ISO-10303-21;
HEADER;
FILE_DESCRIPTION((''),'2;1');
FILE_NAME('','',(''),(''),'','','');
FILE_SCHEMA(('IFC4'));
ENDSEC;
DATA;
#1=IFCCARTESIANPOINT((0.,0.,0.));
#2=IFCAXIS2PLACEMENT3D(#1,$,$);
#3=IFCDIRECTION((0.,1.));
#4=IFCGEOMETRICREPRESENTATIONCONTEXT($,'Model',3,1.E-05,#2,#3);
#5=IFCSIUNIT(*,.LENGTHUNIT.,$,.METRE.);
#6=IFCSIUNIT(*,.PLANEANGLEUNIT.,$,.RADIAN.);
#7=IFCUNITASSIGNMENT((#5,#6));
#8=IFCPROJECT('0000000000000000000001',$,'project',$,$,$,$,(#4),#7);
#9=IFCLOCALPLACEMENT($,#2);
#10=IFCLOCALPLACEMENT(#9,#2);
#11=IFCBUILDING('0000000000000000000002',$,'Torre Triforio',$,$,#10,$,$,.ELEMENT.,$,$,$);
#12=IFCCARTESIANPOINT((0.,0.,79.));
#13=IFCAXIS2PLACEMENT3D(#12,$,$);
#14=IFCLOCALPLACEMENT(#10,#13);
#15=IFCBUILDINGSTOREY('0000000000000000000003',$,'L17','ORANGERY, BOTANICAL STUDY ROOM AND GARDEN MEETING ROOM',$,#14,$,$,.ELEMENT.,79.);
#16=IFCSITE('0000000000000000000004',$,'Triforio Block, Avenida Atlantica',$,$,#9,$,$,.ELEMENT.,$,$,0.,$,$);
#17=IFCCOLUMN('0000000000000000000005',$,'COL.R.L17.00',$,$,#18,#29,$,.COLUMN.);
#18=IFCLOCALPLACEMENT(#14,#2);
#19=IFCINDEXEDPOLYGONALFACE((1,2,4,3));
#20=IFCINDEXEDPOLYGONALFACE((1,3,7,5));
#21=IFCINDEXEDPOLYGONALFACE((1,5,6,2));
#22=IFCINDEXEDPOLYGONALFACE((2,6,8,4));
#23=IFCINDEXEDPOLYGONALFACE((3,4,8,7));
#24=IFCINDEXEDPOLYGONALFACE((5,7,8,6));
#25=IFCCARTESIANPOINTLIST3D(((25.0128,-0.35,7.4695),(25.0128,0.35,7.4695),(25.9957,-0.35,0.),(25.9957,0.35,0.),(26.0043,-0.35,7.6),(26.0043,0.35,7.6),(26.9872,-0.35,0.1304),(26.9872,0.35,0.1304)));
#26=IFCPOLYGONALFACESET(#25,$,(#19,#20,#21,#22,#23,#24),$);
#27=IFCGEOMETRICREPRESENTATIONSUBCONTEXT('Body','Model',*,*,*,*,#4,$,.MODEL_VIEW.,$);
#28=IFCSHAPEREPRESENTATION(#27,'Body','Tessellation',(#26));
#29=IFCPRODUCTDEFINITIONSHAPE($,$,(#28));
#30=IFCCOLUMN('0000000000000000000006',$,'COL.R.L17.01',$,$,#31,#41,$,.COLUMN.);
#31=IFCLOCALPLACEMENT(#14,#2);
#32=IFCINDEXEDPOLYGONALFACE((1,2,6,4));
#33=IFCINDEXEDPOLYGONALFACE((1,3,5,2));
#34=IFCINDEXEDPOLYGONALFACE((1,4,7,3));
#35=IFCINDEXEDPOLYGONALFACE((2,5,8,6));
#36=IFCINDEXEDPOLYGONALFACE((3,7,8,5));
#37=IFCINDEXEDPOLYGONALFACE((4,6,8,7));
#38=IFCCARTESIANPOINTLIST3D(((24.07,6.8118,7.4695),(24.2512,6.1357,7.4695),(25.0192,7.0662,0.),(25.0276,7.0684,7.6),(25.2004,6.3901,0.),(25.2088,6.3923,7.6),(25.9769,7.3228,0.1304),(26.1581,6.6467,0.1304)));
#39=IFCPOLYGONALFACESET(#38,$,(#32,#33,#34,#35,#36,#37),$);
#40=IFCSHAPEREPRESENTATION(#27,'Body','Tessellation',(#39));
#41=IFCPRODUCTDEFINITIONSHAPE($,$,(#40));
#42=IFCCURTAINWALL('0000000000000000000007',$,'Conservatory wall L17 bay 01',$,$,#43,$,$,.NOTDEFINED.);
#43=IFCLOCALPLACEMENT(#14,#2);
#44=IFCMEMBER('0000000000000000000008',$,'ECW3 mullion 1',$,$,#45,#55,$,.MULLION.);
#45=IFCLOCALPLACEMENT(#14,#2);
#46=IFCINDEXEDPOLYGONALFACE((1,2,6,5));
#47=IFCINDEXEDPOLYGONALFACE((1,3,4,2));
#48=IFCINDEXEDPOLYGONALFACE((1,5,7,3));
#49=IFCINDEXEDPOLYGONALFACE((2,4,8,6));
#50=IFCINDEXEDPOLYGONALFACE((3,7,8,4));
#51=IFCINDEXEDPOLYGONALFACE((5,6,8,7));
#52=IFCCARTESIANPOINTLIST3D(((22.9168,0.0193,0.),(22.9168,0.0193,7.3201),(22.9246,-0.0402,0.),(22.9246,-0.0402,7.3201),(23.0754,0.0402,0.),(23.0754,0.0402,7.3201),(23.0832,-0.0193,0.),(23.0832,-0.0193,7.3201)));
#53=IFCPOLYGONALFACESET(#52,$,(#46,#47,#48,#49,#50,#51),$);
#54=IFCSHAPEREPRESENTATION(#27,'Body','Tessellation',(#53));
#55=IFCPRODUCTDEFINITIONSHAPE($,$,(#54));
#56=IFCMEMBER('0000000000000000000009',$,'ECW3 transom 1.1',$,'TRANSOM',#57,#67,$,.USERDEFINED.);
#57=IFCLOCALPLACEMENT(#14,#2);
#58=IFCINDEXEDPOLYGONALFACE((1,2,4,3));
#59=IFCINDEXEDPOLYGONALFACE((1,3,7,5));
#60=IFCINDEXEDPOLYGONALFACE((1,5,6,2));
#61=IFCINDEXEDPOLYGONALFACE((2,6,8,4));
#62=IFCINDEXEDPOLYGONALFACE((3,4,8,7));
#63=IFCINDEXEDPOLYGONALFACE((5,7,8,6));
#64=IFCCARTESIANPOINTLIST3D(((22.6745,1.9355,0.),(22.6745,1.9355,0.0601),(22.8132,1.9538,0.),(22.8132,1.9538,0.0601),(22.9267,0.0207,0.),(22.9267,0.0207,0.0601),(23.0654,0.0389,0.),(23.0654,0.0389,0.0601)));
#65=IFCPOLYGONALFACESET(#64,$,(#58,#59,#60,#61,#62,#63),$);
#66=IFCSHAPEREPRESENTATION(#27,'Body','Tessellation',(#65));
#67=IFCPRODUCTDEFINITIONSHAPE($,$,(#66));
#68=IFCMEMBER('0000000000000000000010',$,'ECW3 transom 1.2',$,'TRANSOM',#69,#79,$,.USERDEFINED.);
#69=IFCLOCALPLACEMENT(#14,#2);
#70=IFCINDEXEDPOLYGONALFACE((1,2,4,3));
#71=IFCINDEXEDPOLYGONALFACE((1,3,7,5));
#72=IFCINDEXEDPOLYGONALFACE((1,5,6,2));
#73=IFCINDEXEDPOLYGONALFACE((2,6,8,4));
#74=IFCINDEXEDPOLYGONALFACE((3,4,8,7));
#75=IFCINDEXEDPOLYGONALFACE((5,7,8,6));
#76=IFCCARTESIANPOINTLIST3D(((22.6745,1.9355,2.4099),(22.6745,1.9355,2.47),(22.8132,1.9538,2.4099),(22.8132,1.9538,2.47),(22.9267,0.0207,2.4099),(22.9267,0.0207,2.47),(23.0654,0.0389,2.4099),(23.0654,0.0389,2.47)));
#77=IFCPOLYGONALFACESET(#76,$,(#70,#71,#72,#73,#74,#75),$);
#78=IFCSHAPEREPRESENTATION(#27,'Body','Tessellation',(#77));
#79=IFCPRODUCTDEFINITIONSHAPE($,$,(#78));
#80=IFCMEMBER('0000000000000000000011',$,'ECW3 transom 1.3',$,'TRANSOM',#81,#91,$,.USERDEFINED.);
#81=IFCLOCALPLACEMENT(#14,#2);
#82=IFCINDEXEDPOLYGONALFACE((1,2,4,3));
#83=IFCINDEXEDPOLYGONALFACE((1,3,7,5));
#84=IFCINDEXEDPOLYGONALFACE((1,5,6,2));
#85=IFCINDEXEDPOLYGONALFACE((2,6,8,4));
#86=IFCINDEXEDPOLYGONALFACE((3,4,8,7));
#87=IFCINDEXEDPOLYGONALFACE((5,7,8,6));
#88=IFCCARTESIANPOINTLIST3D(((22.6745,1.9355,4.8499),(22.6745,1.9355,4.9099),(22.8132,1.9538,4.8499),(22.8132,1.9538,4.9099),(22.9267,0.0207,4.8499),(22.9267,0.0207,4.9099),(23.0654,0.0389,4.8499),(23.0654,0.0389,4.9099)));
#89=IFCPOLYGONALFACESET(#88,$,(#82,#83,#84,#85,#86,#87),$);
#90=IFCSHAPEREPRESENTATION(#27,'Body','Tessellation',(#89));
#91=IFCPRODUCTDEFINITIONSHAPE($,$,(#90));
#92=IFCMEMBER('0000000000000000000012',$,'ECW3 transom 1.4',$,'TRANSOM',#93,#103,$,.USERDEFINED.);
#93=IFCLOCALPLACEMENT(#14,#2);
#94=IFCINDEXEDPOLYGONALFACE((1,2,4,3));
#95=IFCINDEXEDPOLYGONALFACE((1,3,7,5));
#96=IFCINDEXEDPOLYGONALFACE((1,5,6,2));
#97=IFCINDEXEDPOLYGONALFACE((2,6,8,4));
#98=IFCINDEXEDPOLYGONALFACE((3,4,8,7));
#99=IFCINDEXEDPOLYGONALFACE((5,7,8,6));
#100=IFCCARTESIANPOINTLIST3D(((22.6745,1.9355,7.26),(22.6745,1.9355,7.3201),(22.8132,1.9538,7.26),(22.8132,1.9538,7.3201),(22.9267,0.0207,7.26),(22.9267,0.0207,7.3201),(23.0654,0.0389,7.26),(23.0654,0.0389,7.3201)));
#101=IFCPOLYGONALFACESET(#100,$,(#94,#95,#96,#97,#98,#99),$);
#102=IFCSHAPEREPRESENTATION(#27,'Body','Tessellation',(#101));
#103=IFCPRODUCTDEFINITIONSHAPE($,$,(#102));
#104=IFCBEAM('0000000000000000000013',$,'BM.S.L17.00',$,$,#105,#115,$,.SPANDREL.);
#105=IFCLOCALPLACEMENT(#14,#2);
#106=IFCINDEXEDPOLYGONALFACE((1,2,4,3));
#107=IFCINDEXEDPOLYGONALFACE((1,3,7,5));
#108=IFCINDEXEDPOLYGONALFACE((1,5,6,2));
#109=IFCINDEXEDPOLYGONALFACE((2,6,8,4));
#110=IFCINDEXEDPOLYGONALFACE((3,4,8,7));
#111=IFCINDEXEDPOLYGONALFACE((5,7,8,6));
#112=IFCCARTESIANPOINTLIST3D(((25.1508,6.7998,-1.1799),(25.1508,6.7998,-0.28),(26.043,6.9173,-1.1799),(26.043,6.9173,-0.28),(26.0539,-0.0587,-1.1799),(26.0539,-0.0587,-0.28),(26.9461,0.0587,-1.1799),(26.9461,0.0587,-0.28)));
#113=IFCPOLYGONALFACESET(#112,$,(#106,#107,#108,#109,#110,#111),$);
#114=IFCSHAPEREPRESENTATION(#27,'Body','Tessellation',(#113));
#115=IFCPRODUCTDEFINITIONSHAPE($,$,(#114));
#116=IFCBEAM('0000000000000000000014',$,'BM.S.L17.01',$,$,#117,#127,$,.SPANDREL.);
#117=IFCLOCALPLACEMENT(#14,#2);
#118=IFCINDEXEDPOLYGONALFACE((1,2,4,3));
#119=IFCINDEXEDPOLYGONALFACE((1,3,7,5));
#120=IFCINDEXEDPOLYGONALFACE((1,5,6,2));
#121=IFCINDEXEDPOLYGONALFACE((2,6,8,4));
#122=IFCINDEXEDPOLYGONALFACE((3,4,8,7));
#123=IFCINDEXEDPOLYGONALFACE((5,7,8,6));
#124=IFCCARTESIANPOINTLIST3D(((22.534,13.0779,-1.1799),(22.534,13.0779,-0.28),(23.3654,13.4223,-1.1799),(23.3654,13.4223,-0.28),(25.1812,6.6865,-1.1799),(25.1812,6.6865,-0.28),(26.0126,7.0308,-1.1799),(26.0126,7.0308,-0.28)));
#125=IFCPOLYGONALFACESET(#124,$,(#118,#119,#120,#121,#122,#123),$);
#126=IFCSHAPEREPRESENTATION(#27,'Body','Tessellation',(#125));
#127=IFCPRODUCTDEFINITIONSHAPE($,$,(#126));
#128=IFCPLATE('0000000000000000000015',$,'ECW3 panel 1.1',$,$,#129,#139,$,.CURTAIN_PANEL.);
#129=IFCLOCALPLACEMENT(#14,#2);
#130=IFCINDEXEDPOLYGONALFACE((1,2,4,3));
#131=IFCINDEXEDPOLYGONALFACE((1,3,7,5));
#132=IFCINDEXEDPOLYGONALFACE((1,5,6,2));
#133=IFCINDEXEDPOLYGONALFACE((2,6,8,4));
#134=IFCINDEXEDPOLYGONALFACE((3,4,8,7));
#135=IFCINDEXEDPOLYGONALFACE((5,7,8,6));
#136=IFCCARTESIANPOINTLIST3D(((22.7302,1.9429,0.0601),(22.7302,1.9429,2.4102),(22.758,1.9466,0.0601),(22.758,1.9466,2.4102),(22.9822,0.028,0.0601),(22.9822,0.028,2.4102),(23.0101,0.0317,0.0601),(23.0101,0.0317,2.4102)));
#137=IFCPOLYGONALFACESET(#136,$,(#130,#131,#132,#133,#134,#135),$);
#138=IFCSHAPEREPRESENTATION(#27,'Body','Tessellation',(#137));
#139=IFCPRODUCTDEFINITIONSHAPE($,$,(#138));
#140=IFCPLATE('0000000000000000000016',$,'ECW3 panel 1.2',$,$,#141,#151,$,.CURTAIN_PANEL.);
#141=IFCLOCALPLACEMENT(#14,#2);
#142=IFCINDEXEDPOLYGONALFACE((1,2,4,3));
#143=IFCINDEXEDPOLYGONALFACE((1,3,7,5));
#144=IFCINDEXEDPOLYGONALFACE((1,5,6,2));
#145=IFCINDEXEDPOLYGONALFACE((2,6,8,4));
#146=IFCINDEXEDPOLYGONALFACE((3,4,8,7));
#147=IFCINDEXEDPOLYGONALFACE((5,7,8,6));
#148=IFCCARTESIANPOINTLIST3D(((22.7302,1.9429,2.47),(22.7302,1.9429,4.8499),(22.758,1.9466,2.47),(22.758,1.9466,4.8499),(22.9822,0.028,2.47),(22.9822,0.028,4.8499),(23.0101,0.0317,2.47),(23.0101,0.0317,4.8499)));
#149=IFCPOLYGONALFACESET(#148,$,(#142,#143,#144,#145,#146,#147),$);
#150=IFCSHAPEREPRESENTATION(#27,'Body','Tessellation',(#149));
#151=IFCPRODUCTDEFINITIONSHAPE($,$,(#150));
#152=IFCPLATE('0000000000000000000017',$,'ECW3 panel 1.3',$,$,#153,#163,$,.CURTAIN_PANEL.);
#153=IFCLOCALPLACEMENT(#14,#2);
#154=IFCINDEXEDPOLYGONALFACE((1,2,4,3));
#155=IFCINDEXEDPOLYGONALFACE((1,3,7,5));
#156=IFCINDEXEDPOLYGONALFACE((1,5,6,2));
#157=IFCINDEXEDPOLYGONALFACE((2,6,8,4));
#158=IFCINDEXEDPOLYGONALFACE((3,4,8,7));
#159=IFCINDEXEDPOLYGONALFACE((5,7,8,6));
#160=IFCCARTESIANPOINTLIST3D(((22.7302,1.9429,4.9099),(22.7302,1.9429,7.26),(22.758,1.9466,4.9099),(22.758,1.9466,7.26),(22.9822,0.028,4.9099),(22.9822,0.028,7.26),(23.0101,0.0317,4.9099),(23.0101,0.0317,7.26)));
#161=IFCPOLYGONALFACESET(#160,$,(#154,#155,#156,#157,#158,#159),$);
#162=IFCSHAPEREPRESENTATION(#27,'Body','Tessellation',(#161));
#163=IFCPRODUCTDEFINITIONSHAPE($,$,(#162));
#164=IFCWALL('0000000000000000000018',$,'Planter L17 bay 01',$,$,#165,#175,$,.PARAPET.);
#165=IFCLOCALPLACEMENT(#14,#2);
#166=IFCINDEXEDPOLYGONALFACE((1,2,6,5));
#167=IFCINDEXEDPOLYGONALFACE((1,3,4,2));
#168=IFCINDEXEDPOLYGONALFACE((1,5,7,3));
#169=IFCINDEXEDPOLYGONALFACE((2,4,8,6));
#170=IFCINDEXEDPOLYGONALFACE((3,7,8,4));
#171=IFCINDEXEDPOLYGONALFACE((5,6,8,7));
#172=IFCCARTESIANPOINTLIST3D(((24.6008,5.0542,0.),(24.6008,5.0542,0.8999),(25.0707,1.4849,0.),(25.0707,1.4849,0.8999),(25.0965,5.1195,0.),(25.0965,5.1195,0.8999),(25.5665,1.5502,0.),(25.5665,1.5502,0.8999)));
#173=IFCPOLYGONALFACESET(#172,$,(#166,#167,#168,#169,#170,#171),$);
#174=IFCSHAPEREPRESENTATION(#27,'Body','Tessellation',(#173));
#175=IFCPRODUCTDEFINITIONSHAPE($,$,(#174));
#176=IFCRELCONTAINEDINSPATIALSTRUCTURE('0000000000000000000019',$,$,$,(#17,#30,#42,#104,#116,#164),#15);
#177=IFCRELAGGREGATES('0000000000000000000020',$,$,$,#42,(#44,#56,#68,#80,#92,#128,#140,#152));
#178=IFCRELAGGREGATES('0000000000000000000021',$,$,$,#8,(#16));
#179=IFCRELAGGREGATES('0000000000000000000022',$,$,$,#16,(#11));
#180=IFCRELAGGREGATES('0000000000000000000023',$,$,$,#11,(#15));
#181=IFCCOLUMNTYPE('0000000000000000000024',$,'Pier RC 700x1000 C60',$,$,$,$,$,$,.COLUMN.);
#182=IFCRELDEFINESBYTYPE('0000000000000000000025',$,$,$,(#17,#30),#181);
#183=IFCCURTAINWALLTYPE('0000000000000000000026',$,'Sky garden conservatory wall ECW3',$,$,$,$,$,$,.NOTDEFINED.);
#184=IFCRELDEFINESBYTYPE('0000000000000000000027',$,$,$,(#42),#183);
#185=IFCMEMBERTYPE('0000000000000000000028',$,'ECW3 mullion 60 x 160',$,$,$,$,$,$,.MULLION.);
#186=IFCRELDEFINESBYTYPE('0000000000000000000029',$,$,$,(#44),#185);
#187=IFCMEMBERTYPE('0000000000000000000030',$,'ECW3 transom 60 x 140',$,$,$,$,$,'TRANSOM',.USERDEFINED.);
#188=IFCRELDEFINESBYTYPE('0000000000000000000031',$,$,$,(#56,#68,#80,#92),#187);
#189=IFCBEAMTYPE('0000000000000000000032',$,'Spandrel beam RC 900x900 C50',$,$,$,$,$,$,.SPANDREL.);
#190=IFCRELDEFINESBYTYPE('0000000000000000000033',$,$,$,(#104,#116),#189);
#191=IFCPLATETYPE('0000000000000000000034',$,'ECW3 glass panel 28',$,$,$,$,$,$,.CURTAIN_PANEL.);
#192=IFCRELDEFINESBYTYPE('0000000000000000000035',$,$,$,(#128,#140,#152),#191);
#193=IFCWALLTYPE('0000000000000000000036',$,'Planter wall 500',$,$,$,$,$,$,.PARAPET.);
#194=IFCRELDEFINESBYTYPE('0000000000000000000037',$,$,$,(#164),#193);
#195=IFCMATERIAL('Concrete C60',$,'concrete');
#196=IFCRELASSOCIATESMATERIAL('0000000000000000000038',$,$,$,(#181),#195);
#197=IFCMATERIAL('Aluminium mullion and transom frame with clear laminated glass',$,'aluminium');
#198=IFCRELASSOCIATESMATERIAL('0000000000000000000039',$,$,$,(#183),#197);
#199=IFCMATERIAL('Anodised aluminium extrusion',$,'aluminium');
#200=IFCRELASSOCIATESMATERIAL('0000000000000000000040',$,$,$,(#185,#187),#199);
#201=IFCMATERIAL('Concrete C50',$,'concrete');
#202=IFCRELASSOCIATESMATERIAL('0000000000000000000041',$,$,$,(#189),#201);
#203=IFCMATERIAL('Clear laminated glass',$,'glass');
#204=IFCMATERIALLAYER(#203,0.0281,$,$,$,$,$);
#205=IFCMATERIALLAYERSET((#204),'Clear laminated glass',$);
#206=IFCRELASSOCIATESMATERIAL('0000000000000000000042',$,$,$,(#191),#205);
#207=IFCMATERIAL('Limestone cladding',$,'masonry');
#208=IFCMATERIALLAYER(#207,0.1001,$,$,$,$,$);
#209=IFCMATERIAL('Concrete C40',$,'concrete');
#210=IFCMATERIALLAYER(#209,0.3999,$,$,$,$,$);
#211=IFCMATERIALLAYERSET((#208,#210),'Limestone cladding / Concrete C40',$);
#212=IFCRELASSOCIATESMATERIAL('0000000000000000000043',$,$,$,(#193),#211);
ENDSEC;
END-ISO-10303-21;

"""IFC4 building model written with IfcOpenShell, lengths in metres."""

from ifc_helpers import new_model, si_unit, direction, frame, frame_2d, origin, origin_2d, place, context, subcontext, project, spatial, rectangle, extrude, material, layer, layer_set, material_profile, profile_set, type_object, element, aggregate, save


model = new_model("IFC4")

# Units and contexts
model_context = context("Model", 3, precision=1e-05, world=origin(), true_north=direction((0.0, 1.0)))
body_context = subcontext(model_context, "Body", "Model", "MODEL_VIEW")
ifc_project = project(units=[si_unit("LENGTHUNIT", "METRE"), si_unit("PLANEANGLEUNIT", "RADIAN")], contexts=[model_context])

# Site, building, storey
site_placement = place(None, origin())
site = spatial("IfcSite", under=ifc_project, at=site_placement, Name="Triforio Block, Avenida Atlantica", CompositionType="ELEMENT", RefElevation=0.0)
building_placement = place(site_placement, origin())
building = spatial("IfcBuilding", under=site, at=building_placement, Name="Torre Triforio", CompositionType="ELEMENT")
storey_placement = place(building_placement, frame((0.0, 0.0, 79.0)))
storey = spatial("IfcBuildingStorey", under=building, at=storey_placement, Name="L17", Description="ORANGERY, BOTANICAL STUDY ROOM AND GARDEN MEETING ROOM", CompositionType="ELEMENT", Elevation=79.0)

# Columns
ifc_material_1 = material(Name="Concrete C60", Category="concrete")
ifc_material_profile_1 = material_profile(ifc_material_1, rectangle(XDim=0.7, YDim=1.0, at=origin_2d()), Name="RC 700x1000")
ifc_profile_set_1 = profile_set([ifc_material_profile_1], Name="Concrete C60")
column_type = type_object("IfcColumnType", Name="Pier RC 700x1000 C60", PredefinedType="COLUMN", material=ifc_profile_set_1)
for number, where, z_axis, x_axis, name in (
    (1, (26.4915, 0.0, 0.0652), (-0.130465, 0.0, 0.991453), (0.0, -1.0, 0.0), "COL.R.L17.00"),
    (2, (25.5886, 6.8564, 0.0652), (-0.125994, -0.033767, 0.991456), (0.258869, -0.965913, 0.0), "COL.R.L17.01"),
):
    element("IfcColumn", number, at=place(storey_placement, frame(where, z_axis=z_axis, x_axis=x_axis)), inside=storey, type_object=column_type, Name=name, PredefinedType="COLUMN", context=body_context, shape_type="SweptSolid", body=[
        extrude(rectangle(XDim=0.7, YDim=1.0, at=origin_2d()), origin(), (0.0, 0.0, 1.0), 7.5339),
    ])

# Curtain wall, members
ifc_material_2 = material(Name="Aluminium mullion and transom frame with clear laminated glass", Category="aluminium")
curtain_wall_type = type_object("IfcCurtainWallType", Name="Sky garden conservatory wall ECW3", PredefinedType="NOTDEFINED", material=ifc_material_2)
curtain_wall_placement = place(storey_placement, origin())
curtain_wall = element("IfcCurtainWall", 3, at=curtain_wall_placement, inside=storey, type_object=curtain_wall_type, Name="Conservatory wall L17 bay 01", PredefinedType="NOTDEFINED")
ifc_material_3 = material(Name="Anodised aluminium extrusion", Category="aluminium")
ifc_material_profile_2 = material_profile(ifc_material_3, rectangle(XDim=0.1599, YDim=0.0601, at=origin_2d()), Name="ECW3 MULLION 60x160")
ifc_profile_set_2 = profile_set([ifc_material_profile_2], Name="Anodised aluminium extrusion")
member_type_1 = type_object("IfcMemberType", Name="ECW3 mullion 60 x 160", PredefinedType="MULLION", material=ifc_profile_set_2)
member_1_placement = place(storey_placement, frame((23.0, 0.0, 0.0), z_axis=(0.0, 0.0, 1.0), x_axis=(-0.991446, -0.130521, 0.0)))
member_1 = element("IfcMember", 4, at=member_1_placement, type_object=member_type_1, Name="ECW3 mullion 1", PredefinedType="MULLION", context=body_context, shape_type="SweptSolid", body=[
    extrude(rectangle(XDim=0.1599, YDim=0.0601, at=origin_2d()), origin(), (0.0, 0.0, 1.0), 7.3201),
])
ifc_material_profile_3 = material_profile(ifc_material_3, rectangle(XDim=0.1399, YDim=0.0601, at=origin_2d()), Name="ECW3 TRANSOM 60x140")
ifc_profile_set_3 = profile_set([ifc_material_profile_3], Name="Anodised aluminium extrusion")
member_type_2 = type_object("IfcMemberType", Name="ECW3 transom 60 x 140", ElementType="TRANSOM", PredefinedType="USERDEFINED", material=ifc_profile_set_3)
member_2_placement = place(storey_placement, frame((22.9961, 0.0298, 0.03), z_axis=(-0.130582, 0.991438, 0.0), x_axis=(-0.991438, -0.130582, 0.0)))
member_2 = element("IfcMember", 5, at=member_2_placement, type_object=member_type_2, Name="ECW3 transom 1.1", ObjectType="TRANSOM", PredefinedType="USERDEFINED", context=body_context, shape_type="SweptSolid", body=[
    extrude(rectangle(XDim=0.1399, YDim=0.0601, at=origin_2d()), origin(), (0.0, 0.0, 1.0), 1.9314),
])
member_3_placement = place(storey_placement, frame((22.9961, 0.0298, 2.4399), z_axis=(-0.130582, 0.991438, 0.0), x_axis=(-0.991438, -0.130582, 0.0)))
member_3 = element("IfcMember", 6, at=member_3_placement, type_object=member_type_2, Name="ECW3 transom 1.2", ObjectType="TRANSOM", PredefinedType="USERDEFINED", context=body_context, shape_type="SweptSolid", body=[
    extrude(rectangle(XDim=0.1399, YDim=0.0601, at=origin_2d()), origin(), (0.0, 0.0, 1.0), 1.9314),
])
member_4_placement = place(storey_placement, frame((22.9961, 0.0298, 4.8799), z_axis=(-0.130582, 0.991438, 0.0), x_axis=(-0.991438, -0.130582, 0.0)))
member_4 = element("IfcMember", 7, at=member_4_placement, type_object=member_type_2, Name="ECW3 transom 1.3", ObjectType="TRANSOM", PredefinedType="USERDEFINED", context=body_context, shape_type="SweptSolid", body=[
    extrude(rectangle(XDim=0.1399, YDim=0.0601, at=origin_2d()), origin(), (0.0, 0.0, 1.0), 1.9314),
])
member_5_placement = place(storey_placement, frame((22.9961, 0.0298, 7.29), z_axis=(-0.130582, 0.991438, 0.0), x_axis=(-0.991438, -0.130582, 0.0)))
member_5 = element("IfcMember", 8, at=member_5_placement, type_object=member_type_2, Name="ECW3 transom 1.4", ObjectType="TRANSOM", PredefinedType="USERDEFINED", context=body_context, shape_type="SweptSolid", body=[
    extrude(rectangle(XDim=0.1399, YDim=0.0601, at=origin_2d()), origin(), (0.0, 0.0, 1.0), 1.9314),
])

# Beams
ifc_material_4 = material(Name="Concrete C50", Category="concrete")
ifc_material_profile_4 = material_profile(ifc_material_4, rectangle(XDim=0.8999, YDim=0.8999, at=origin_2d()), Name="RC 900x900")
ifc_profile_set_4 = profile_set([ifc_material_profile_4], Name="Concrete C50")
beam_type = type_object("IfcBeamType", Name="Spandrel beam RC 900x900 C50", PredefinedType="SPANDREL", material=ifc_profile_set_4)
beam_1_placement = place(storey_placement, frame((26.5, 0.0, -0.73), z_axis=(-0.130543, 0.991443, 0.0), x_axis=(-0.991443, -0.130543, 0.0)))
element("IfcBeam", 9, at=beam_1_placement, inside=storey, type_object=beam_type, Name="BM.S.L17.00", PredefinedType="SPANDREL", context=body_context, shape_type="SweptSolid", body=[
    extrude(rectangle(XDim=0.8999, YDim=0.8999, at=origin_2d()), origin(), (0.0, 0.0, 1.0), 6.9177),
])
beam_2_placement = place(storey_placement, frame((25.5969, 6.8586, -0.73), z_axis=(-0.382662, 0.923888, 0.0), x_axis=(-0.923888, -0.382662, 0.0)))
element("IfcBeam", 10, at=beam_2_placement, inside=storey, type_object=beam_type, Name="BM.S.L17.01", PredefinedType="SPANDREL", context=body_context, shape_type="SweptSolid", body=[
    extrude(rectangle(XDim=0.8999, YDim=0.8999, at=origin_2d()), origin(), (0.0, 0.0, 1.0), 6.918),
])

# Plates
ifc_material_5 = material(Name="Clear laminated glass", Category="glass")
ifc_layer_1 = layer(ifc_material_5, 0.0281)
ifc_layer_set_1 = layer_set([ifc_layer_1], Name="Clear laminated glass")
plate_type = type_object("IfcPlateType", Name="ECW3 glass panel 28", PredefinedType="CURTAIN_PANEL", material=ifc_layer_set_1)
plate_1_placement = place(storey_placement, frame((22.8701, 0.9873, 0.0601), z_axis=(0.0, 0.0, 1.0), x_axis=(-0.130521, 0.991446, 0.0)))
plate_1 = element("IfcPlate", 11, at=plate_1_placement, type_object=plate_type, Name="ECW3 panel 1.1", PredefinedType="CURTAIN_PANEL", context=body_context, shape_type="SweptSolid", body=[
    extrude(rectangle(XDim=1.9314, YDim=0.0281, at=origin_2d()), origin(), (0.0, 0.0, 1.0), 2.3501),
])
plate_2_placement = place(storey_placement, frame((22.8701, 0.9873, 2.47), z_axis=(0.0, 0.0, 1.0), x_axis=(-0.130521, 0.991446, 0.0)))
plate_2 = element("IfcPlate", 12, at=plate_2_placement, type_object=plate_type, Name="ECW3 panel 1.2", PredefinedType="CURTAIN_PANEL", context=body_context, shape_type="SweptSolid", body=[
    extrude(rectangle(XDim=1.9314, YDim=0.0281, at=origin_2d()), origin(), (0.0, 0.0, 1.0), 2.3799),
])
plate_3_placement = place(storey_placement, frame((22.8701, 0.9873, 4.9099), z_axis=(0.0, 0.0, 1.0), x_axis=(-0.130521, 0.991446, 0.0)))
plate_3 = element("IfcPlate", 13, at=plate_3_placement, type_object=plate_type, Name="ECW3 panel 1.3", PredefinedType="CURTAIN_PANEL", context=body_context, shape_type="SweptSolid", body=[
    extrude(rectangle(XDim=1.9314, YDim=0.0281, at=origin_2d()), origin(), (0.0, 0.0, 1.0), 2.3501),
])
aggregate(curtain_wall, [member_1, member_2, member_3, member_4, member_5, plate_1, plate_2, plate_3])

# Wall
ifc_material_6 = material(Name="Limestone cladding", Category="masonry")
ifc_layer_2 = layer(ifc_material_6, 0.1001)
ifc_material_7 = material(Name="Concrete C40", Category="concrete")
ifc_layer_3 = layer(ifc_material_7, 0.3999)
ifc_layer_set_2 = layer_set([ifc_layer_2, ifc_layer_3], Name="Limestone cladding / Concrete C40")
wall_type = type_object("IfcWallType", Name="Planter wall 500", PredefinedType="PARAPET", material=ifc_layer_set_2)
wall_placement = place(storey_placement, frame((25.3186, 1.5176, 0.0), z_axis=(0.0, 0.0, 1.0), x_axis=(-0.130542, 0.991443, 0.0)))
element("IfcWall", 14, at=wall_placement, inside=storey, type_object=wall_type, Name="Planter L17 bay 01", PredefinedType="PARAPET", context=body_context, shape_type="SweptSolid", body=[
    extrude(rectangle(XDim=3.6001, YDim=0.5, at=frame_2d((1.8, 0.0))), origin(), (0.0, 0.0, 1.0), 0.8999),
])

save(model, "model.ifc")
